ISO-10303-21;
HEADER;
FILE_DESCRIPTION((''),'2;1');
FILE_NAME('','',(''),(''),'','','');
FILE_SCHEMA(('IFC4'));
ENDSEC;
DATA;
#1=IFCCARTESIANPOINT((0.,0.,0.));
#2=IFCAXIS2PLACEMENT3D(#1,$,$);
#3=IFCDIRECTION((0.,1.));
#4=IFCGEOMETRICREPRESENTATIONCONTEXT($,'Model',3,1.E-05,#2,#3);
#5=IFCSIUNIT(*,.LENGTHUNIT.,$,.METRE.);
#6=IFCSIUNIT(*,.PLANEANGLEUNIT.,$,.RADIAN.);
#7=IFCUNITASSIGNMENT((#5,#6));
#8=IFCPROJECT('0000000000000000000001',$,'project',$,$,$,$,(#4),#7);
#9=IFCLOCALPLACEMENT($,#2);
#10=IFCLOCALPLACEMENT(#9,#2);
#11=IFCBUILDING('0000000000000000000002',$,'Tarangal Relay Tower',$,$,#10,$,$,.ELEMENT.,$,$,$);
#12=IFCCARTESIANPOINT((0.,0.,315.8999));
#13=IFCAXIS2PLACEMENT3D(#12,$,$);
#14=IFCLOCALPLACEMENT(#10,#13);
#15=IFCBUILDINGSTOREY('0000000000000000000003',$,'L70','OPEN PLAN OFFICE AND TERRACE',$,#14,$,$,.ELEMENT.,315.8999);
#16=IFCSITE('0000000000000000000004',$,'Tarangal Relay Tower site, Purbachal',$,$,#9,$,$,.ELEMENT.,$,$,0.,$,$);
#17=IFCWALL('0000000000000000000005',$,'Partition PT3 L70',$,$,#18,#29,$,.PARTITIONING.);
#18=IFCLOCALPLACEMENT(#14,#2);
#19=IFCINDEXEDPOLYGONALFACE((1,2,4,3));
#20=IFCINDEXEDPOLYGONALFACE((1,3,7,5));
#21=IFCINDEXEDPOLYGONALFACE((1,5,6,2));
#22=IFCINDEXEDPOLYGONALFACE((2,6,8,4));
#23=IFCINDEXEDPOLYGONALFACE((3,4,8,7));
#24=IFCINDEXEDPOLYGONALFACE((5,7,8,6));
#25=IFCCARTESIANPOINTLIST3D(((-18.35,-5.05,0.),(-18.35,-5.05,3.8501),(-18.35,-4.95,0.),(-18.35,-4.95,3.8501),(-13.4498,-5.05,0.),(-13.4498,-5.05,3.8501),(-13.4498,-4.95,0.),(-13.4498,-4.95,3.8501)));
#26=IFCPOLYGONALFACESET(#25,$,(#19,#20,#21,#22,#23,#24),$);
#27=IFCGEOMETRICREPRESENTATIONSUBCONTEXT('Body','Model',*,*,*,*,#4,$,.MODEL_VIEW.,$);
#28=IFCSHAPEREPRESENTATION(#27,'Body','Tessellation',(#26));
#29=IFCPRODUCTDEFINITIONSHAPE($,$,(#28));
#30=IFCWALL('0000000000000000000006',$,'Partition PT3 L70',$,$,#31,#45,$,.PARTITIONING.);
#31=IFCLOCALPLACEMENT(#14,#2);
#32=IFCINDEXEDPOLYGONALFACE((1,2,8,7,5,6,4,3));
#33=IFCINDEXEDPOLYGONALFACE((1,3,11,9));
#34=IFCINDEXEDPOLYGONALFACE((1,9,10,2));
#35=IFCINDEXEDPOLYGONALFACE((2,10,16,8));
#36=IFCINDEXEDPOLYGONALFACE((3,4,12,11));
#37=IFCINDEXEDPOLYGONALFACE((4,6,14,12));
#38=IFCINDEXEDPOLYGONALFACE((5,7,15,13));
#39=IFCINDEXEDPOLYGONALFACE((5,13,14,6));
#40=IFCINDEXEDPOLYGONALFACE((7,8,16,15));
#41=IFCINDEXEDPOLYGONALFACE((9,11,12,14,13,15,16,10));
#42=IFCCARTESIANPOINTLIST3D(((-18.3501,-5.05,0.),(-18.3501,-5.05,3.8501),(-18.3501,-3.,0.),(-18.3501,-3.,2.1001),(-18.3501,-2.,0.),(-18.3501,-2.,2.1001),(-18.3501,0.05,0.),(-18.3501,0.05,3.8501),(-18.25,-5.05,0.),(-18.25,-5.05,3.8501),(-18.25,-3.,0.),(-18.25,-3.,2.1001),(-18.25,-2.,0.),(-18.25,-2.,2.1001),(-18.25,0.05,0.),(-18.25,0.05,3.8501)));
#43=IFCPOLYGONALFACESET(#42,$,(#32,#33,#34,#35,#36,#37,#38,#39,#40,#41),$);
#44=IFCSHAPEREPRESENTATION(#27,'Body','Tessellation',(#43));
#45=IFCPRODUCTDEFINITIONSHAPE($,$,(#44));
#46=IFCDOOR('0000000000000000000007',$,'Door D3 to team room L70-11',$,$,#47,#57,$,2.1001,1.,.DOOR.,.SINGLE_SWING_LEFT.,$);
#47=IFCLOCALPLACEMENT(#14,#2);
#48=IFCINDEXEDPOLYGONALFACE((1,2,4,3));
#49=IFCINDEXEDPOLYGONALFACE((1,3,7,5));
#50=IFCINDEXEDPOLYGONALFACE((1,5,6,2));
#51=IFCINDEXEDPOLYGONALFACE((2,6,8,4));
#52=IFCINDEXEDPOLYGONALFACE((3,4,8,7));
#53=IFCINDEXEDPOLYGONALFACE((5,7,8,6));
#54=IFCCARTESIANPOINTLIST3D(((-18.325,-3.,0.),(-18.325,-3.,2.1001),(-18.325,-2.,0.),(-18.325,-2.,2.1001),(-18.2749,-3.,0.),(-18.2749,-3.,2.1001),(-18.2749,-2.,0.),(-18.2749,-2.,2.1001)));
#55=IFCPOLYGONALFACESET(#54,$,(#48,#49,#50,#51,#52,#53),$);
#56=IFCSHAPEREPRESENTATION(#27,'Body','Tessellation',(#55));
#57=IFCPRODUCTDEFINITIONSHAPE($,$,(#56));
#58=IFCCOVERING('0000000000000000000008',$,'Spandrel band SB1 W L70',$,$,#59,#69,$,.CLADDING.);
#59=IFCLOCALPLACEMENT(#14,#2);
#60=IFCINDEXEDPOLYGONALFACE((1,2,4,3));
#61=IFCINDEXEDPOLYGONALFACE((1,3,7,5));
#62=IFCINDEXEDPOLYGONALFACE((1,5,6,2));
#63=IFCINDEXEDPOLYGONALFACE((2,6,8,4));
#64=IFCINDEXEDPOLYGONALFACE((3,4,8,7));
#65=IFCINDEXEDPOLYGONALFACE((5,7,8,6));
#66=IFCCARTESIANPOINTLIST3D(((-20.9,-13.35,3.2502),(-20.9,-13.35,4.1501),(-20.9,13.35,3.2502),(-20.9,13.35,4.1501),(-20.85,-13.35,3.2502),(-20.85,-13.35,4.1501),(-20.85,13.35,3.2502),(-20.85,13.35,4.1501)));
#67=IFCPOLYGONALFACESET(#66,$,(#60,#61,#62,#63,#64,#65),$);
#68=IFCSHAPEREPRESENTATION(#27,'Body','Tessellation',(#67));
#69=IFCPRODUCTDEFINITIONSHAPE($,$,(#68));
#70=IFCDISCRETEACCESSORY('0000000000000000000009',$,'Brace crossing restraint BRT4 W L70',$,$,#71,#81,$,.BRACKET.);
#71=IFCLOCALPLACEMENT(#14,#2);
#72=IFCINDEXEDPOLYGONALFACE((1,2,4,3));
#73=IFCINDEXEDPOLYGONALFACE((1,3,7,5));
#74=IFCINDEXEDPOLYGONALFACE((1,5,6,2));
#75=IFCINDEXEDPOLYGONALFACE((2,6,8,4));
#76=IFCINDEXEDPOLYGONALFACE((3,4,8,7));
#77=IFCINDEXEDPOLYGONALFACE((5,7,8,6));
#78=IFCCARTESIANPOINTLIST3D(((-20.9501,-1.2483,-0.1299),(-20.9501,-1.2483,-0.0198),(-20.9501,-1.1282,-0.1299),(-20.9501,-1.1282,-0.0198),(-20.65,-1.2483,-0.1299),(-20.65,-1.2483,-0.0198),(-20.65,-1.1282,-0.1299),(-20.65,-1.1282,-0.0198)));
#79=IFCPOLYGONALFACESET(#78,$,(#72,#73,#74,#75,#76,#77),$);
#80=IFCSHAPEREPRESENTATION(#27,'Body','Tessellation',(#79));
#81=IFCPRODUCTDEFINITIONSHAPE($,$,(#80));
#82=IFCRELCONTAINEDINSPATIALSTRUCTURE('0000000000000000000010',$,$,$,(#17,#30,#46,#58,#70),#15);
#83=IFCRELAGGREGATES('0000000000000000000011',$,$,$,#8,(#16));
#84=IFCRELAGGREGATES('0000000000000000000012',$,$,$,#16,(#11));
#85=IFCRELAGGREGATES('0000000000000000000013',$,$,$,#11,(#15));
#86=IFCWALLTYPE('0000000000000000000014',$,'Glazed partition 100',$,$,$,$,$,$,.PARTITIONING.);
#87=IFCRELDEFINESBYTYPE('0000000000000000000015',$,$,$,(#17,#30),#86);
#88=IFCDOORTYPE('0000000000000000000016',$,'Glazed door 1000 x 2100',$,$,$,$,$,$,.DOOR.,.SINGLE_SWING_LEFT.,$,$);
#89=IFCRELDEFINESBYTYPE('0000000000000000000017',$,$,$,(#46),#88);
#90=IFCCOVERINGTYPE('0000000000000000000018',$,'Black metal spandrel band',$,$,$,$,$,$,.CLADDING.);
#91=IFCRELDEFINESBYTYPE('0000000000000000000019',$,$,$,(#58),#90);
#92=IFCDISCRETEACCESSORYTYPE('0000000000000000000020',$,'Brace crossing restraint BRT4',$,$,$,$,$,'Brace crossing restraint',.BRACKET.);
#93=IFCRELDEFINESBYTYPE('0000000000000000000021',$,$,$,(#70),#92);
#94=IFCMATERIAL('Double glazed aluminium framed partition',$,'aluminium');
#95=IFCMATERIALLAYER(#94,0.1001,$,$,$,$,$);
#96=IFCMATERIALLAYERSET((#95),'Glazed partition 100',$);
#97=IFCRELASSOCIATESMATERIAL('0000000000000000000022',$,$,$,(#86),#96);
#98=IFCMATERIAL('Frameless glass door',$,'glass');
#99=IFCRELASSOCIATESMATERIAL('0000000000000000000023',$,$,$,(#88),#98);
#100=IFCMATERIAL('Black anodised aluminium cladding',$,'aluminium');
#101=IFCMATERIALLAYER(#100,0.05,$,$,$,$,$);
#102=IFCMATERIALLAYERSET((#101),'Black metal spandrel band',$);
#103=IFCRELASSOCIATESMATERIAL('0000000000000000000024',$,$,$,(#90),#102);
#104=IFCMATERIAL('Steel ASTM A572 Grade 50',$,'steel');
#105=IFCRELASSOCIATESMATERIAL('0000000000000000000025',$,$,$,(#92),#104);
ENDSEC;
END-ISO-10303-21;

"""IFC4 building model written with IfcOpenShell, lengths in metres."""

from ifc_helpers import new_model, si_unit, direction, frame, frame_2d, origin, origin_2d, place, context, subcontext, project, spatial, rectangle, extrude, material, layer, layer_set, type_object, element, fill, save


model = new_model("IFC4")

# Units and contexts
model_context = context("Model", 3, precision=1e-05, world=origin(), true_north=direction((0.0, 1.0)))
body_context = subcontext(model_context, "Body", "Model", "MODEL_VIEW")
ifc_project = project(units=[si_unit("LENGTHUNIT", "METRE"), si_unit("PLANEANGLEUNIT", "RADIAN")], contexts=[model_context])

# Site, building, storey
site_placement = place(None, origin())
site = spatial("IfcSite", under=ifc_project, at=site_placement, Name="Tarangal Relay Tower site, Purbachal", CompositionType="ELEMENT", RefElevation=0.0)
building_placement = place(site_placement, origin())
building = spatial("IfcBuilding", under=site, at=building_placement, Name="Tarangal Relay Tower", CompositionType="ELEMENT")
storey_placement = place(building_placement, frame((0.0, 0.0, 315.8999)))
storey = spatial("IfcBuildingStorey", under=building, at=storey_placement, Name="L70", Description="OPEN PLAN OFFICE AND TERRACE", CompositionType="ELEMENT", Elevation=315.8999)

# Shared definitions
ifc_material_1 = material(Name="Steel ASTM A572 Grade 50", Category="steel")

# Wall
ifc_material_2 = material(Name="Double glazed aluminium framed partition", Category="aluminium")
ifc_layer_1 = layer(ifc_material_2, 0.1001)
ifc_layer_set_1 = layer_set([ifc_layer_1], Name="Glazed partition 100")
wall_type_1 = type_object("IfcWallType", Name="Glazed partition 100", PredefinedType="PARTITIONING", material=ifc_layer_set_1)
wall_1_placement = place(storey_placement, frame((-18.3501, -5.0, 0.0), z_axis=(0.0, 0.0, 1.0), x_axis=(1.0, 0.0, 0.0)))
element("IfcWall", 1, at=wall_1_placement, inside=storey, type_object=wall_type_1, Name="Partition PT3 L70", PredefinedType="PARTITIONING", context=body_context, shape_type="SweptSolid", body=[
    extrude(rectangle(XDim=4.9001, YDim=0.1001, at=frame_2d((2.4502, 0.0))), origin(), (0.0, 0.0, 1.0), 3.8501),
])

# Wall, opening, door
wall_2_placement = place(storey_placement, frame((-18.3, -5.05, 0.0), z_axis=(0.0, 0.0, 1.0), x_axis=(0.0, 1.0, 0.0)))
wall_2 = element("IfcWall", 2, at=wall_2_placement, inside=storey, type_object=wall_type_1, Name="Partition PT3 L70", PredefinedType="PARTITIONING", context=body_context, shape_type="SweptSolid", body=[
    extrude(rectangle(XDim=5.1001, YDim=0.1001, at=frame_2d((2.55, 0.0))), origin(), (0.0, 0.0, 1.0), 3.8501),
])
opening_1_placement = place(wall_2_placement, frame((2.05, 0.0, 0.0)))
opening_1 = element("IfcOpeningElement", 3, at=opening_1_placement, cuts=wall_2, PredefinedType="OPENING", context=body_context, shape_type="SweptSolid", body=[
    extrude(rectangle(XDim=1.0, YDim=2.1001, at=frame_2d((0.5, 1.05))), frame((0.0, 0.0601, 0.0), z_axis=(0.0, -1.0, 0.0), x_axis=(1.0, 0.0, 0.0)), (0.0, 0.0, 1.0), 0.1201),
])
ifc_material_3 = material(Name="Frameless glass door", Category="glass")
door_type_1 = type_object("IfcDoorType", Name="Glazed door 1000 x 2100", OperationType="SINGLE_SWING_LEFT", PredefinedType="DOOR", material=ifc_material_3)
door_1_placement = place(opening_1_placement, origin())
door_1 = element("IfcDoor", 4, at=door_1_placement, inside=storey, type_object=door_type_1, Name="Door D3 to team room L70-11", OperationType="SINGLE_SWING_LEFT", OverallHeight=2.1001, OverallWidth=1.0, PredefinedType="DOOR", context=body_context, shape_type="SweptSolid", body=[
    extrude(rectangle(XDim=1.0, YDim=2.1001, at=frame_2d((0.5, 1.05))), frame((0.0, 0.0249, 0.0), z_axis=(0.0, -1.0, 0.0), x_axis=(1.0, 0.0, 0.0)), (0.0, 0.0, 1.0), 0.05),
])
fill(opening_1, door_1)

# Covering
ifc_material_4 = material(Name="Black anodised aluminium cladding", Category="aluminium")
ifc_layer_2 = layer(ifc_material_4, 0.05)
ifc_layer_set_2 = layer_set([ifc_layer_2], Name="Black metal spandrel band")
covering_type = type_object("IfcCoveringType", Name="Black metal spandrel band", PredefinedType="CLADDING", material=ifc_layer_set_2)
covering_placement = place(storey_placement, frame((-20.875, 0.0, 3.2502), z_axis=(0.0, 0.0, 1.0), x_axis=(0.0, 1.0, 0.0)))
element("IfcCovering", 5, at=covering_placement, inside=storey, type_object=covering_type, Name="Spandrel band SB1 W L70", PredefinedType="CLADDING", context=body_context, shape_type="SweptSolid", body=[
    extrude(rectangle(XDim=26.7, YDim=0.05, at=origin_2d()), origin(), (0.0, 0.0, 1.0), 0.8999),
])

# Discrete accessory
discrete_accessory_type = type_object("IfcDiscreteAccessoryType", Name="Brace crossing restraint BRT4", ElementType="Brace crossing restraint", PredefinedType="BRACKET", material=ifc_material_1)
discrete_accessory_placement = place(storey_placement, frame((-20.8, -1.1882, -0.1299), z_axis=(0.0, 0.0, 1.0), x_axis=(1.0, 0.0, 0.0)))
element("IfcDiscreteAccessory", 6, at=discrete_accessory_placement, inside=storey, type_object=discrete_accessory_type, Name="Brace crossing restraint BRT4 W L70", PredefinedType="BRACKET", context=body_context, shape_type="SweptSolid", body=[
    extrude(rectangle(XDim=0.3, YDim=0.1201, at=origin_2d()), origin(), (0.0, 0.0, 1.0), 0.1101),
])

save(model, "model.ifc")
